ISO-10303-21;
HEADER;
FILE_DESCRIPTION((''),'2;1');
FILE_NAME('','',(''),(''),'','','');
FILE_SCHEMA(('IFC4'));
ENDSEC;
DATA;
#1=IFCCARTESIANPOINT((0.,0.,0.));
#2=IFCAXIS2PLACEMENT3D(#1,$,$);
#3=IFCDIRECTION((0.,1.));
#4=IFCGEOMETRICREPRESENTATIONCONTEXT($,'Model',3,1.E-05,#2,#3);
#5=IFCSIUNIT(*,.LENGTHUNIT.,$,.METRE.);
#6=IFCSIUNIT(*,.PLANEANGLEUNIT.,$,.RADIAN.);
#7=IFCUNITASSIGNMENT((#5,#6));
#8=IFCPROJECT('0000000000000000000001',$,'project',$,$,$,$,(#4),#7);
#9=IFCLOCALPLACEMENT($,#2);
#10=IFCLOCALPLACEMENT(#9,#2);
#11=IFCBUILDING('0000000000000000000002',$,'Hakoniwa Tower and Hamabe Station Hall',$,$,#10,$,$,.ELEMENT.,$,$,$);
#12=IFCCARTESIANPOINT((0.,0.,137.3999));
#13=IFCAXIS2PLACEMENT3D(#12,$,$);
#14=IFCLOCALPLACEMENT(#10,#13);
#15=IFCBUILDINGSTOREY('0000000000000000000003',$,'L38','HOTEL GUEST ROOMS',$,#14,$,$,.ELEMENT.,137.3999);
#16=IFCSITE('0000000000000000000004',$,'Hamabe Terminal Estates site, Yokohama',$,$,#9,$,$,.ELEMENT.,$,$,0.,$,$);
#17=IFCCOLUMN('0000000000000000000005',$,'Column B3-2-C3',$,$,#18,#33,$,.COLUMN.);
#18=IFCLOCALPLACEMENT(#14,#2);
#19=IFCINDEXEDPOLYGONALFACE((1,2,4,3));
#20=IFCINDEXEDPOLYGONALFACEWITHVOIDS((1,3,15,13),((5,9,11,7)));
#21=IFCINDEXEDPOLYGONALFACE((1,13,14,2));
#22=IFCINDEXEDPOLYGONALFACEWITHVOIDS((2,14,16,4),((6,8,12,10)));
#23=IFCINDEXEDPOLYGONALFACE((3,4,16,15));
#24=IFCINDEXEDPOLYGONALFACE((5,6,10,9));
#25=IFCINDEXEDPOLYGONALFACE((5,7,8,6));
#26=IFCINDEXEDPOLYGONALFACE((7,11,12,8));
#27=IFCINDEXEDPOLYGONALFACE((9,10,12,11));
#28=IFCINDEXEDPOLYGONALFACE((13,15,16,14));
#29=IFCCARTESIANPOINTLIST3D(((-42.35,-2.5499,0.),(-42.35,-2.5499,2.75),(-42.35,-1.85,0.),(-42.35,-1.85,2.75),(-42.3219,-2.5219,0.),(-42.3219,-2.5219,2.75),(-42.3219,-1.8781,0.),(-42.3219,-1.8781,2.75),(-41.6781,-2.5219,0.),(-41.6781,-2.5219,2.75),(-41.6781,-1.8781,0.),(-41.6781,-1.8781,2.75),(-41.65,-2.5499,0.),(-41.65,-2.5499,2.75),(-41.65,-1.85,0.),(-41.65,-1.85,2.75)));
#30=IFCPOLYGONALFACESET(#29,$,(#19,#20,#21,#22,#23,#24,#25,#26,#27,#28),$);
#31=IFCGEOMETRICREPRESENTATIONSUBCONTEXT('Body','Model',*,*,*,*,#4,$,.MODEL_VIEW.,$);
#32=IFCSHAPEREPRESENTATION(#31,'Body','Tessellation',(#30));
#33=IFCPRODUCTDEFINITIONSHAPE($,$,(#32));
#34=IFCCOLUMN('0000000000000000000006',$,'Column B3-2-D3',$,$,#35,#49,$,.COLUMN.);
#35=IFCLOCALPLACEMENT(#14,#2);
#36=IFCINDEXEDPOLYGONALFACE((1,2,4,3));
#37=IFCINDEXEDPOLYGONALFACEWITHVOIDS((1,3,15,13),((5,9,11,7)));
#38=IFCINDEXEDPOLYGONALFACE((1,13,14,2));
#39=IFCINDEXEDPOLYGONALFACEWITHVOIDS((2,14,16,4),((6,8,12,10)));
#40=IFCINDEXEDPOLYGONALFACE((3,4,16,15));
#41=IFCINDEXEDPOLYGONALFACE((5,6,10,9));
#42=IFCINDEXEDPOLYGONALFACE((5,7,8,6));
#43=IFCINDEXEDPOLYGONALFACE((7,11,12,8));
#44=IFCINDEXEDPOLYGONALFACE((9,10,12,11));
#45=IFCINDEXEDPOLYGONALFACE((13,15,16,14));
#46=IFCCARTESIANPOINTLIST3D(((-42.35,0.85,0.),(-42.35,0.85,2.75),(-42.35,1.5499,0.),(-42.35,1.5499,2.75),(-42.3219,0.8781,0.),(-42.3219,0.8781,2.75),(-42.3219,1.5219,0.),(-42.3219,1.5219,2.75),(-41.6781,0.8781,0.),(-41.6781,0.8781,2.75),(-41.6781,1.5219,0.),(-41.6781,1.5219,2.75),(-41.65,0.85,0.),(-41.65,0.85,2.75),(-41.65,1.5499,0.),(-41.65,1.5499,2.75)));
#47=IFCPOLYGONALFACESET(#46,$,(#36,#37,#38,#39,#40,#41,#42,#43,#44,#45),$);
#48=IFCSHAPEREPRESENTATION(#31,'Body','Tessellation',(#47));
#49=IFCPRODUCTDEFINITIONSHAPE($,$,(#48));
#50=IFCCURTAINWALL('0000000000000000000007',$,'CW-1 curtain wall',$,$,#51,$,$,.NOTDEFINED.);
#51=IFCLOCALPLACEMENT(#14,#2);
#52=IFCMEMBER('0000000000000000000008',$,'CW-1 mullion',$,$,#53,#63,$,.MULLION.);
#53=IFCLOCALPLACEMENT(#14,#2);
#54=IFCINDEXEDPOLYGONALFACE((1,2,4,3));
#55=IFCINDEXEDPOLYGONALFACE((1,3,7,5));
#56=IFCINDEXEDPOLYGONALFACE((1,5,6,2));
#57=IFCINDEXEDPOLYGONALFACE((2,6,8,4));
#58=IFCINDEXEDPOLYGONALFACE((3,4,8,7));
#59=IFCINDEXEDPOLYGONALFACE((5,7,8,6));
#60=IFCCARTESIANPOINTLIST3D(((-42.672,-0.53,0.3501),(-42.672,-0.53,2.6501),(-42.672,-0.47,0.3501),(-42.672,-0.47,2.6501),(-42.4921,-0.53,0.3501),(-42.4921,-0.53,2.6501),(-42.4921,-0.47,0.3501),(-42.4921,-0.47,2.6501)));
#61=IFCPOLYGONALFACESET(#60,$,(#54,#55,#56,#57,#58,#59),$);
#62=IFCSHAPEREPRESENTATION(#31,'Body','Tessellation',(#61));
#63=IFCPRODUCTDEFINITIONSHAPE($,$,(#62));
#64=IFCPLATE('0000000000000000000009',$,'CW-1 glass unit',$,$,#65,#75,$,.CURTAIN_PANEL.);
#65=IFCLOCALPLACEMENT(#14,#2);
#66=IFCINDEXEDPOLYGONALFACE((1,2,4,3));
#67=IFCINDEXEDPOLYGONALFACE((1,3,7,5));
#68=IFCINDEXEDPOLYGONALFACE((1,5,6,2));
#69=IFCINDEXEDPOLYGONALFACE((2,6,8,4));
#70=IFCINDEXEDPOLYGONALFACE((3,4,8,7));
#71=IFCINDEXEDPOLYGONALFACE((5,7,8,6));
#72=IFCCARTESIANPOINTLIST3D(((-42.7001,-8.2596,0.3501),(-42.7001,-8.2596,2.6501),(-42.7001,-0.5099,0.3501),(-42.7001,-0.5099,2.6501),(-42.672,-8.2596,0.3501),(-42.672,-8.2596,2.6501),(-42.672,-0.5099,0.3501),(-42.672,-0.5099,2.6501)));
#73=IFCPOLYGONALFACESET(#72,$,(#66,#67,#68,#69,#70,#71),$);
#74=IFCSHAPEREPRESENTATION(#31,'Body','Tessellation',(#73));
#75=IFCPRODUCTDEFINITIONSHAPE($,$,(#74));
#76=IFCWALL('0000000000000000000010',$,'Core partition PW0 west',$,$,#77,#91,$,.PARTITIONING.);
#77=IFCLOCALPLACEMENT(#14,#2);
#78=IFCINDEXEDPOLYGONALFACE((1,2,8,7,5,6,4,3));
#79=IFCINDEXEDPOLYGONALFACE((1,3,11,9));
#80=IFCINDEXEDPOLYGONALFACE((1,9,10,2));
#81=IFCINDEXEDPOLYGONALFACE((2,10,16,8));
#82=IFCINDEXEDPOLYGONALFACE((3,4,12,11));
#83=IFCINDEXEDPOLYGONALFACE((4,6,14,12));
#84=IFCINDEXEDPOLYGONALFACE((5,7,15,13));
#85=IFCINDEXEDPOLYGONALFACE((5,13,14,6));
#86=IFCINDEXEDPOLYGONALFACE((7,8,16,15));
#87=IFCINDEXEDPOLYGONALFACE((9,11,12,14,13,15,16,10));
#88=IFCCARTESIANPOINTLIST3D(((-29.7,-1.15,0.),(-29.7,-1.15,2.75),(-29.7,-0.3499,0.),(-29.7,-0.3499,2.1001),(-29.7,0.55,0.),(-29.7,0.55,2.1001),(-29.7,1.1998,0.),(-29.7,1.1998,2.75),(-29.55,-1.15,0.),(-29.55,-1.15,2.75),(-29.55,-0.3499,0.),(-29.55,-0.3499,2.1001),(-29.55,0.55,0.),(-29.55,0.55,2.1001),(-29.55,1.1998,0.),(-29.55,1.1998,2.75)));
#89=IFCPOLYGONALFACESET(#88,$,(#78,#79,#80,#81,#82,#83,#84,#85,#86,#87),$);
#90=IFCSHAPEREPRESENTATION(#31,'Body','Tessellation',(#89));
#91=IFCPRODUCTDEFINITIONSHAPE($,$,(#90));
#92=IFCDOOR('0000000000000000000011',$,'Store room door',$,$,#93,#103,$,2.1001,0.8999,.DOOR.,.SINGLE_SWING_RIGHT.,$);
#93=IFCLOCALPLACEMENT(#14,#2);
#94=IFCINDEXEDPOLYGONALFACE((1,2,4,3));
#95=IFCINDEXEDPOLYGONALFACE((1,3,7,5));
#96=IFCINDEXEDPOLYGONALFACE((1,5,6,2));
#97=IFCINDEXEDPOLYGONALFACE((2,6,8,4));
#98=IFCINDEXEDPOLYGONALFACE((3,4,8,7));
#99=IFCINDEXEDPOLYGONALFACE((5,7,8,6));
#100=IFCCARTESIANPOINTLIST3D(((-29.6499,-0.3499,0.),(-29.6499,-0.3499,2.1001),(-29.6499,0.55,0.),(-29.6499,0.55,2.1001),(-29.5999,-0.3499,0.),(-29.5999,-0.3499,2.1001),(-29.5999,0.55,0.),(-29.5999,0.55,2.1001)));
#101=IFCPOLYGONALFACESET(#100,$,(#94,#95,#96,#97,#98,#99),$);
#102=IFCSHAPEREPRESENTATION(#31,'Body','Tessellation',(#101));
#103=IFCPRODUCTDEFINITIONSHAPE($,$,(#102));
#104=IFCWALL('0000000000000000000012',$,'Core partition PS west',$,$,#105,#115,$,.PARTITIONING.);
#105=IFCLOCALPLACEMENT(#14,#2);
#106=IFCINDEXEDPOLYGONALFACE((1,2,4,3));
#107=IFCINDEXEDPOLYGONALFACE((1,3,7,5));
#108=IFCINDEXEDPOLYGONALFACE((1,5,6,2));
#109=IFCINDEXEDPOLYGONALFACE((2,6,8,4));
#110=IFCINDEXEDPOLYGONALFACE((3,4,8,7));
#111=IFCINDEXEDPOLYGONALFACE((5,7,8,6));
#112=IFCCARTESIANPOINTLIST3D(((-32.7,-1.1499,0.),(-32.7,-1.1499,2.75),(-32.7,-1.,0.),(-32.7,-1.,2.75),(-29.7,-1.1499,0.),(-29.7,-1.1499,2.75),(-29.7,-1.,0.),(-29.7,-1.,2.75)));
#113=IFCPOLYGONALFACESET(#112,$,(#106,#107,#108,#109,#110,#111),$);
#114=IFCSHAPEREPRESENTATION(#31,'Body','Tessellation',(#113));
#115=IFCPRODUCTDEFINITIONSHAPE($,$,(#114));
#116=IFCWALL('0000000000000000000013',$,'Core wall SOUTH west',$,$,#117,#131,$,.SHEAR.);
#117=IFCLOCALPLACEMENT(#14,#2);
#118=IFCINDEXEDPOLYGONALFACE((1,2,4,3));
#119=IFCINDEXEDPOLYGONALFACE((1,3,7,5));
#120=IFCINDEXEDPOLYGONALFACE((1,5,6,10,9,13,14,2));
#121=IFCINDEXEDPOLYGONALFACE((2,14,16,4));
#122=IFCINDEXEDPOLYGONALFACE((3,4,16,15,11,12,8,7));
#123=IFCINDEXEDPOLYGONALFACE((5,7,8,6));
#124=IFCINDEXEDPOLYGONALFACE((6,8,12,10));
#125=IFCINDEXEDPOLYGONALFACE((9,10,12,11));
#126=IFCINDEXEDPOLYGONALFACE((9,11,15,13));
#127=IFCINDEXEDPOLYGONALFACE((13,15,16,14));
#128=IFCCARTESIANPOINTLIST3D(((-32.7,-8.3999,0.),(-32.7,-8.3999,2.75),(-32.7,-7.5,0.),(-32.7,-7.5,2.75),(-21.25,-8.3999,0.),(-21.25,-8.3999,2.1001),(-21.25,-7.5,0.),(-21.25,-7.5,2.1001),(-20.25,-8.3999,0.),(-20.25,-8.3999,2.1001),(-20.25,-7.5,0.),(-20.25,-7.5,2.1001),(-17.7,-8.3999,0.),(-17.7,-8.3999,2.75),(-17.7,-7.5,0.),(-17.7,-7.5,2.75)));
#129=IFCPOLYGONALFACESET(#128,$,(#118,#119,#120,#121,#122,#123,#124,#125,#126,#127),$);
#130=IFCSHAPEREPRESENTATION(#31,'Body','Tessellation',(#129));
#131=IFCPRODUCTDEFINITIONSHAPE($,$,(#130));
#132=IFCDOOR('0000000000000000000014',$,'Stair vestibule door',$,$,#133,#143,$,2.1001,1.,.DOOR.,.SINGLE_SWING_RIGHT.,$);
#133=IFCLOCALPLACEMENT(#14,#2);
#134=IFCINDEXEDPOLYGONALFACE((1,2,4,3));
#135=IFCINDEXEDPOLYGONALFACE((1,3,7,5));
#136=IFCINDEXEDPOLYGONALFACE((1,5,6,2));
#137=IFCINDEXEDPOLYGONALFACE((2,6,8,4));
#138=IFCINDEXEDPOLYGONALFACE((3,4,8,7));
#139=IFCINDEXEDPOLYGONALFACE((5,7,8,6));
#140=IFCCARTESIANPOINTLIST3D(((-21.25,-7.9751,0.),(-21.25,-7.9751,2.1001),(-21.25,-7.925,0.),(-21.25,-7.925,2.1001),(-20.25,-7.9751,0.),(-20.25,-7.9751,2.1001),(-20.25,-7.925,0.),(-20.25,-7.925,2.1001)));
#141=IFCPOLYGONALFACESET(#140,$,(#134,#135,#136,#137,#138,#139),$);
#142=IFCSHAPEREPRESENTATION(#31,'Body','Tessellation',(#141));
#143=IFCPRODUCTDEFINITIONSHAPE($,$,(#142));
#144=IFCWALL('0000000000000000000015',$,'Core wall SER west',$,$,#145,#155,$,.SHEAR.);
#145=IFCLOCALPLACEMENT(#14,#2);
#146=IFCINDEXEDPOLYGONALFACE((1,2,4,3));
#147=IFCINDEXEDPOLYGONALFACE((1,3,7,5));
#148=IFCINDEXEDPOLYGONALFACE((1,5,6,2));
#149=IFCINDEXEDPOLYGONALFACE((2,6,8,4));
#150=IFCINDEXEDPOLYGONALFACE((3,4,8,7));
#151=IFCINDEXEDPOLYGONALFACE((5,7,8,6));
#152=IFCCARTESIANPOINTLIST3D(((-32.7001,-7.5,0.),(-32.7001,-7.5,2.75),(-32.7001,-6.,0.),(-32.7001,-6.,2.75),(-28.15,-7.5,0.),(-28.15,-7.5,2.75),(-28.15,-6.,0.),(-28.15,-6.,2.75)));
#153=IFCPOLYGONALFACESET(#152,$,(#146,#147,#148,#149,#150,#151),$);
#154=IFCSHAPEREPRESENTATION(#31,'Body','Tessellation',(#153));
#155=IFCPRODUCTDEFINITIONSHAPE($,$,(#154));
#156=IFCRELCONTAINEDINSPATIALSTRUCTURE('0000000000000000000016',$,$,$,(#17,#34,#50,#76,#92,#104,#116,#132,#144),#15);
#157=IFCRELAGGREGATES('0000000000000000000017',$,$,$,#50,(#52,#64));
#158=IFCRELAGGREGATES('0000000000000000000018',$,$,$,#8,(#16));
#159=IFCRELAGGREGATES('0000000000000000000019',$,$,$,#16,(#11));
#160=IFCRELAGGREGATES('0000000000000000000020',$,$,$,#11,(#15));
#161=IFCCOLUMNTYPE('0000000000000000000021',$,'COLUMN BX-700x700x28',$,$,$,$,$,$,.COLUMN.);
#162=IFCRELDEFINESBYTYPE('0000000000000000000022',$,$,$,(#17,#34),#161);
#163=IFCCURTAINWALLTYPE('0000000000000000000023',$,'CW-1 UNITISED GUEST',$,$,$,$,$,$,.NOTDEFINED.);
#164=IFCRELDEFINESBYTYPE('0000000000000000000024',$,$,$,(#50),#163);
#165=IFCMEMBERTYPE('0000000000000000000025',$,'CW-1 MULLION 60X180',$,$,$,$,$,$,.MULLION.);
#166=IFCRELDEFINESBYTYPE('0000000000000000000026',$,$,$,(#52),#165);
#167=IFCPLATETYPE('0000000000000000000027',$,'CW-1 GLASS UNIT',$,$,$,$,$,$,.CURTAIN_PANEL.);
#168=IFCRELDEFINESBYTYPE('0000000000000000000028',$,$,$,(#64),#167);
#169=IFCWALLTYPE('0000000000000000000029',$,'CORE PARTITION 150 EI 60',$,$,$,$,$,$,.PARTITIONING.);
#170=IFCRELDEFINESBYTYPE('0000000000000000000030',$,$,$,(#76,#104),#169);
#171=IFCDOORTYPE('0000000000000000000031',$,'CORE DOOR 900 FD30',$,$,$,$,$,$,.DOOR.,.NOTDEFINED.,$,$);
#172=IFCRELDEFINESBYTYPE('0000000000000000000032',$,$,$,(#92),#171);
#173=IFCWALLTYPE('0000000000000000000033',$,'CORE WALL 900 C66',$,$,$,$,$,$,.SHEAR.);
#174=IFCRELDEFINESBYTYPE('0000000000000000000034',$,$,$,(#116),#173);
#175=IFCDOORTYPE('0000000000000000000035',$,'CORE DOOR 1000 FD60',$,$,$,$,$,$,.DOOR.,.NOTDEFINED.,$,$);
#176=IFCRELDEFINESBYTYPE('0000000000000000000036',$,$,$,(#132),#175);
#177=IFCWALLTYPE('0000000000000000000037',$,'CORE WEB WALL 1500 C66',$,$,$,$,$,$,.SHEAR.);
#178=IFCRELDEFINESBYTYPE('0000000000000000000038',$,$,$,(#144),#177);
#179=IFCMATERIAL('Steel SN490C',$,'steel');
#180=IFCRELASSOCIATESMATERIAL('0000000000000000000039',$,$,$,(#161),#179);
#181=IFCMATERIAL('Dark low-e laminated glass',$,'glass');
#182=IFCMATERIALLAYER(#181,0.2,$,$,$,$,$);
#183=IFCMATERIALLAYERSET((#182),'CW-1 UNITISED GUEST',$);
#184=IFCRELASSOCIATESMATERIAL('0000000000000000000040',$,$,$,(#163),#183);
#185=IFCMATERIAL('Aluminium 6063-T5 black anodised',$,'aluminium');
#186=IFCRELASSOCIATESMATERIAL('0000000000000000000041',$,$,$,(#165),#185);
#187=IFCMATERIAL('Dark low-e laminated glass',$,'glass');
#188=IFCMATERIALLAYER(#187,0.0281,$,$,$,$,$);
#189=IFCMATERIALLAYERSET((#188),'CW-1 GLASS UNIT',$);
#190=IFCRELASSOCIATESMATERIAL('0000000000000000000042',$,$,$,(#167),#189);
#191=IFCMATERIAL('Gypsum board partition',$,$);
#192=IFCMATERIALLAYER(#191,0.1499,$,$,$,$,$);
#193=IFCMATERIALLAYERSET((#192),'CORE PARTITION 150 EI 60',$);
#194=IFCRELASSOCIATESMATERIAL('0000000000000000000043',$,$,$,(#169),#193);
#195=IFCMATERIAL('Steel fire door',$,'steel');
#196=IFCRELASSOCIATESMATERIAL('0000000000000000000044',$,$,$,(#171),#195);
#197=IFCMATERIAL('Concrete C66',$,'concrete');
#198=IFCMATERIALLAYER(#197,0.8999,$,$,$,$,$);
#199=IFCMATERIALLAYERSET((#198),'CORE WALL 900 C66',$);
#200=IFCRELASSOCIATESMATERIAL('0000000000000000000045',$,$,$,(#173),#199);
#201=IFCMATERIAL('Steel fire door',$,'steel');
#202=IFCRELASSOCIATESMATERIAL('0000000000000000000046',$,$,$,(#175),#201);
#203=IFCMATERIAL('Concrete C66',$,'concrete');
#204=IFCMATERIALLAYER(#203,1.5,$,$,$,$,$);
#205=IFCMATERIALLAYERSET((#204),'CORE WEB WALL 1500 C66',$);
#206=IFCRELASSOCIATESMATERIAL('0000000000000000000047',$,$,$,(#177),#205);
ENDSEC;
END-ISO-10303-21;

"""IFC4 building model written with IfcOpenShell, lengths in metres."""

from ifc_helpers import new_model, si_unit, direction, frame, frame_2d, origin, origin_2d, place, context, subcontext, project, spatial, rectangle, hollow_rectangle, extrude, material, layer, layer_set, material_profile, profile_set, type_object, element, fill, aggregate, save


model = new_model("IFC4")

# Units and contexts
model_context = context("Model", 3, precision=1e-05, world=origin(), true_north=direction((0.0, 1.0)))
body_context = subcontext(model_context, "Body", "Model", "MODEL_VIEW")
ifc_project = project(units=[si_unit("LENGTHUNIT", "METRE"), si_unit("PLANEANGLEUNIT", "RADIAN")], contexts=[model_context])

# Site, building, storey
site_placement = place(None, origin())
site = spatial("IfcSite", under=ifc_project, at=site_placement, Name="Hamabe Terminal Estates site, Yokohama", CompositionType="ELEMENT", RefElevation=0.0)
building_placement = place(site_placement, origin())
building = spatial("IfcBuilding", under=site, at=building_placement, Name="Hakoniwa Tower and Hamabe Station Hall", CompositionType="ELEMENT")
storey_placement = place(building_placement, frame((0.0, 0.0, 137.3999)))
storey = spatial("IfcBuildingStorey", under=building, at=storey_placement, Name="L38", Description="HOTEL GUEST ROOMS", CompositionType="ELEMENT", Elevation=137.3999)

# Columns
ifc_material_1 = material(Name="Steel SN490C", Category="steel")
ifc_material_profile_1 = material_profile(ifc_material_1, hollow_rectangle(XDim=0.7, YDim=0.7, WallThickness=0.0281, at=origin_2d()), Name="BX-700x700x28")
ifc_profile_set_1 = profile_set([ifc_material_profile_1], Name="Steel SN490C")
column_type = type_object("IfcColumnType", Name="COLUMN BX-700x700x28", PredefinedType="COLUMN", material=ifc_profile_set_1)
for number, where, z_axis, x_axis, name in (
    (1, (-42.0, -2.2, 0.0), (0.0, 0.0, 1.0), (1.0, 0.0, 0.0), "Column B3-2-C3"),
    (2, (-42.0, 1.2, 0.0), (0.0, 0.0, 1.0), (1.0, 0.0, 0.0), "Column B3-2-D3"),
):
    element("IfcColumn", number, at=place(storey_placement, frame(where, z_axis=z_axis, x_axis=x_axis)), inside=storey, type_object=column_type, Name=name, PredefinedType="COLUMN", context=body_context, shape_type="SweptSolid", body=[
        extrude(hollow_rectangle(XDim=0.7, YDim=0.7, WallThickness=0.0281, at=origin_2d()), origin(), (0.0, 0.0, 1.0), 2.75),
    ])

# Curtain wall, member, plate
ifc_material_2 = material(Name="Dark low-e laminated glass", Category="glass")
ifc_layer_1 = layer(ifc_material_2, 0.2)
ifc_layer_set_1 = layer_set([ifc_layer_1], Name="CW-1 UNITISED GUEST")
curtain_wall_type = type_object("IfcCurtainWallType", Name="CW-1 UNITISED GUEST", PredefinedType="NOTDEFINED", material=ifc_layer_set_1)
curtain_wall_placement = place(storey_placement, origin())
curtain_wall = element("IfcCurtainWall", 3, at=curtain_wall_placement, inside=storey, type_object=curtain_wall_type, Name="CW-1 curtain wall", PredefinedType="NOTDEFINED")
ifc_material_3 = material(Name="Aluminium 6063-T5 black anodised", Category="aluminium")
ifc_material_profile_2 = material_profile(ifc_material_3, rectangle(XDim=0.0601, YDim=0.1799, at=origin_2d()), Name="CW-1 MULLION 60X180")
ifc_profile_set_2 = profile_set([ifc_material_profile_2], Name="Aluminium 6063-T5 black anodised")
member_type = type_object("IfcMemberType", Name="CW-1 MULLION 60X180", PredefinedType="MULLION", material=ifc_profile_set_2)
member_placement = place(storey_placement, frame((-42.582, -0.5, 0.3501), z_axis=(0.0, 0.0, 1.0), x_axis=(0.0, -1.0, 0.0)))
member = element("IfcMember", 4, at=member_placement, type_object=member_type, Name="CW-1 mullion", PredefinedType="MULLION", context=body_context, shape_type="SweptSolid", body=[
    extrude(rectangle(XDim=0.0601, YDim=0.1799, at=origin_2d()), origin(), (0.0, 0.0, 1.0), 2.3),
])
ifc_material_4 = material(Name="Dark low-e laminated glass", Category="glass")
ifc_layer_2 = layer(ifc_material_4, 0.0281)
ifc_layer_set_2 = layer_set([ifc_layer_2], Name="CW-1 GLASS UNIT")
plate_type = type_object("IfcPlateType", Name="CW-1 GLASS UNIT", PredefinedType="CURTAIN_PANEL", material=ifc_layer_set_2)
plate_placement = place(storey_placement, frame((-42.686, -4.3848, 0.3501), z_axis=(0.0, 0.0, 1.0), x_axis=(0.0, -1.0, 0.0)))
plate = element("IfcPlate", 5, at=plate_placement, type_object=plate_type, Name="CW-1 glass unit", PredefinedType="CURTAIN_PANEL", context=body_context, shape_type="SweptSolid", body=[
    extrude(rectangle(XDim=7.7498, YDim=0.0281, at=origin_2d()), origin(), (0.0, 0.0, 1.0), 2.3),
])
aggregate(curtain_wall, [member, plate])

# Wall, opening, door
ifc_material_5 = material(Name="Gypsum board partition")
ifc_layer_3 = layer(ifc_material_5, 0.1499)
ifc_layer_set_3 = layer_set([ifc_layer_3], Name="CORE PARTITION 150 EI 60")
wall_type_1 = type_object("IfcWallType", Name="CORE PARTITION 150 EI 60", PredefinedType="PARTITIONING", material=ifc_layer_set_3)
wall_1_placement = place(storey_placement, frame((-29.625, -1.1499, 0.0), z_axis=(0.0, 0.0, 1.0), x_axis=(0.0, 1.0, 0.0)))
wall_1 = element("IfcWall", 6, at=wall_1_placement, inside=storey, type_object=wall_type_1, Name="Core partition PW0 west", PredefinedType="PARTITIONING", context=body_context, shape_type="SweptSolid", body=[
    extrude(rectangle(XDim=2.3499, YDim=0.1499, at=frame_2d((1.1748, 0.0))), origin(), (0.0, 0.0, 1.0), 2.75),
])
opening_1_placement = place(wall_1_placement, frame((0.8, 0.0, 0.0)))
opening_1 = element("IfcOpeningElement", 7, at=opening_1_placement, cuts=wall_1, PredefinedType="OPENING", context=body_context, shape_type="SweptSolid", body=[
    extrude(rectangle(XDim=0.8999, YDim=2.1001, at=frame_2d((0.45, 1.05))), frame((0.0, 0.085, 0.0), z_axis=(0.0, -1.0, 0.0), x_axis=(1.0, 0.0, 0.0)), (0.0, 0.0, 1.0), 0.1699),
])
ifc_material_6 = material(Name="Steel fire door", Category="steel")
door_type_1 = type_object("IfcDoorType", Name="CORE DOOR 900 FD30", OperationType="NOTDEFINED", PredefinedType="DOOR", material=ifc_material_6)
door_1_placement = place(opening_1_placement, origin())
door_1 = element("IfcDoor", 8, at=door_1_placement, inside=storey, type_object=door_type_1, Name="Store room door", OperationType="SINGLE_SWING_RIGHT", OverallHeight=2.1001, OverallWidth=0.8999, PredefinedType="DOOR", context=body_context, shape_type="SweptSolid", body=[
    extrude(rectangle(XDim=0.8999, YDim=2.1001, at=frame_2d((0.45, 1.05))), frame((0.0, 0.0249, 0.0), z_axis=(0.0, -1.0, 0.0), x_axis=(1.0, 0.0, 0.0)), (0.0, 0.0, 1.0), 0.05),
])
fill(opening_1, door_1)

# Wall
wall_2_placement = place(storey_placement, frame((-32.7, -1.075, 0.0), z_axis=(0.0, 0.0, 1.0), x_axis=(1.0, 0.0, 0.0)))
element("IfcWall", 9, at=wall_2_placement, inside=storey, type_object=wall_type_1, Name="Core partition PS west", PredefinedType="PARTITIONING", context=body_context, shape_type="SweptSolid", body=[
    extrude(rectangle(XDim=3.0, YDim=0.1499, at=frame_2d((1.5, 0.0))), origin(), (0.0, 0.0, 1.0), 2.75),
])

# Wall, opening, door
ifc_material_7 = material(Name="Concrete C66", Category="concrete")
ifc_layer_4 = layer(ifc_material_7, 0.8999)
ifc_layer_set_4 = layer_set([ifc_layer_4], Name="CORE WALL 900 C66")
wall_type_2 = type_object("IfcWallType", Name="CORE WALL 900 C66", PredefinedType="SHEAR", material=ifc_layer_set_4)
wall_3_placement = place(storey_placement, frame((-32.7, -7.95, 0.0), z_axis=(0.0, 0.0, 1.0), x_axis=(1.0, 0.0, 0.0)))
wall_3 = element("IfcWall", 10, at=wall_3_placement, inside=storey, type_object=wall_type_2, Name="Core wall SOUTH west", PredefinedType="SHEAR", context=body_context, shape_type="SweptSolid", body=[
    extrude(rectangle(XDim=15.0, YDim=0.8999, at=frame_2d((7.5, 0.0))), origin(), (0.0, 0.0, 1.0), 2.75),
])
opening_2_placement = place(wall_3_placement, frame((11.45, 0.0, 0.0)))
opening_2 = element("IfcOpeningElement", 11, at=opening_2_placement, cuts=wall_3, PredefinedType="OPENING", context=body_context, shape_type="SweptSolid", body=[
    extrude(rectangle(XDim=1.0, YDim=2.1001, at=frame_2d((0.5, 1.05))), frame((0.0, 0.46, 0.0), z_axis=(0.0, -1.0, 0.0), x_axis=(1.0, 0.0, 0.0)), (0.0, 0.0, 1.0), 0.9199),
])
ifc_material_8 = material(Name="Steel fire door", Category="steel")
door_type_2 = type_object("IfcDoorType", Name="CORE DOOR 1000 FD60", OperationType="NOTDEFINED", PredefinedType="DOOR", material=ifc_material_8)
door_2_placement = place(opening_2_placement, origin())
door_2 = element("IfcDoor", 12, at=door_2_placement, inside=storey, type_object=door_type_2, Name="Stair vestibule door", OperationType="SINGLE_SWING_RIGHT", OverallHeight=2.1001, OverallWidth=1.0, PredefinedType="DOOR", context=body_context, shape_type="SweptSolid", body=[
    extrude(rectangle(XDim=1.0, YDim=2.1001, at=frame_2d((0.5, 1.05))), frame((0.0, 0.0249, 0.0), z_axis=(0.0, -1.0, 0.0), x_axis=(1.0, 0.0, 0.0)), (0.0, 0.0, 1.0), 0.05),
])
fill(opening_2, door_2)

# Wall
ifc_material_9 = material(Name="Concrete C66", Category="concrete")
ifc_layer_5 = layer(ifc_material_9, 1.5)
ifc_layer_set_5 = layer_set([ifc_layer_5], Name="CORE WEB WALL 1500 C66")
wall_type_3 = type_object("IfcWallType", Name="CORE WEB WALL 1500 C66", PredefinedType="SHEAR", material=ifc_layer_set_5)
wall_4_placement = place(storey_placement, frame((-32.7, -6.75, 0.0), z_axis=(0.0, 0.0, 1.0), x_axis=(1.0, 0.0, 0.0)))
element("IfcWall", 13, at=wall_4_placement, inside=storey, type_object=wall_type_3, Name="Core wall SER west", PredefinedType="SHEAR", context=body_context, shape_type="SweptSolid", body=[
    extrude(rectangle(XDim=4.55, YDim=1.5, at=frame_2d((2.2749, 0.0))), origin(), (0.0, 0.0, 1.0), 2.75),
])

save(model, "model.ifc")
